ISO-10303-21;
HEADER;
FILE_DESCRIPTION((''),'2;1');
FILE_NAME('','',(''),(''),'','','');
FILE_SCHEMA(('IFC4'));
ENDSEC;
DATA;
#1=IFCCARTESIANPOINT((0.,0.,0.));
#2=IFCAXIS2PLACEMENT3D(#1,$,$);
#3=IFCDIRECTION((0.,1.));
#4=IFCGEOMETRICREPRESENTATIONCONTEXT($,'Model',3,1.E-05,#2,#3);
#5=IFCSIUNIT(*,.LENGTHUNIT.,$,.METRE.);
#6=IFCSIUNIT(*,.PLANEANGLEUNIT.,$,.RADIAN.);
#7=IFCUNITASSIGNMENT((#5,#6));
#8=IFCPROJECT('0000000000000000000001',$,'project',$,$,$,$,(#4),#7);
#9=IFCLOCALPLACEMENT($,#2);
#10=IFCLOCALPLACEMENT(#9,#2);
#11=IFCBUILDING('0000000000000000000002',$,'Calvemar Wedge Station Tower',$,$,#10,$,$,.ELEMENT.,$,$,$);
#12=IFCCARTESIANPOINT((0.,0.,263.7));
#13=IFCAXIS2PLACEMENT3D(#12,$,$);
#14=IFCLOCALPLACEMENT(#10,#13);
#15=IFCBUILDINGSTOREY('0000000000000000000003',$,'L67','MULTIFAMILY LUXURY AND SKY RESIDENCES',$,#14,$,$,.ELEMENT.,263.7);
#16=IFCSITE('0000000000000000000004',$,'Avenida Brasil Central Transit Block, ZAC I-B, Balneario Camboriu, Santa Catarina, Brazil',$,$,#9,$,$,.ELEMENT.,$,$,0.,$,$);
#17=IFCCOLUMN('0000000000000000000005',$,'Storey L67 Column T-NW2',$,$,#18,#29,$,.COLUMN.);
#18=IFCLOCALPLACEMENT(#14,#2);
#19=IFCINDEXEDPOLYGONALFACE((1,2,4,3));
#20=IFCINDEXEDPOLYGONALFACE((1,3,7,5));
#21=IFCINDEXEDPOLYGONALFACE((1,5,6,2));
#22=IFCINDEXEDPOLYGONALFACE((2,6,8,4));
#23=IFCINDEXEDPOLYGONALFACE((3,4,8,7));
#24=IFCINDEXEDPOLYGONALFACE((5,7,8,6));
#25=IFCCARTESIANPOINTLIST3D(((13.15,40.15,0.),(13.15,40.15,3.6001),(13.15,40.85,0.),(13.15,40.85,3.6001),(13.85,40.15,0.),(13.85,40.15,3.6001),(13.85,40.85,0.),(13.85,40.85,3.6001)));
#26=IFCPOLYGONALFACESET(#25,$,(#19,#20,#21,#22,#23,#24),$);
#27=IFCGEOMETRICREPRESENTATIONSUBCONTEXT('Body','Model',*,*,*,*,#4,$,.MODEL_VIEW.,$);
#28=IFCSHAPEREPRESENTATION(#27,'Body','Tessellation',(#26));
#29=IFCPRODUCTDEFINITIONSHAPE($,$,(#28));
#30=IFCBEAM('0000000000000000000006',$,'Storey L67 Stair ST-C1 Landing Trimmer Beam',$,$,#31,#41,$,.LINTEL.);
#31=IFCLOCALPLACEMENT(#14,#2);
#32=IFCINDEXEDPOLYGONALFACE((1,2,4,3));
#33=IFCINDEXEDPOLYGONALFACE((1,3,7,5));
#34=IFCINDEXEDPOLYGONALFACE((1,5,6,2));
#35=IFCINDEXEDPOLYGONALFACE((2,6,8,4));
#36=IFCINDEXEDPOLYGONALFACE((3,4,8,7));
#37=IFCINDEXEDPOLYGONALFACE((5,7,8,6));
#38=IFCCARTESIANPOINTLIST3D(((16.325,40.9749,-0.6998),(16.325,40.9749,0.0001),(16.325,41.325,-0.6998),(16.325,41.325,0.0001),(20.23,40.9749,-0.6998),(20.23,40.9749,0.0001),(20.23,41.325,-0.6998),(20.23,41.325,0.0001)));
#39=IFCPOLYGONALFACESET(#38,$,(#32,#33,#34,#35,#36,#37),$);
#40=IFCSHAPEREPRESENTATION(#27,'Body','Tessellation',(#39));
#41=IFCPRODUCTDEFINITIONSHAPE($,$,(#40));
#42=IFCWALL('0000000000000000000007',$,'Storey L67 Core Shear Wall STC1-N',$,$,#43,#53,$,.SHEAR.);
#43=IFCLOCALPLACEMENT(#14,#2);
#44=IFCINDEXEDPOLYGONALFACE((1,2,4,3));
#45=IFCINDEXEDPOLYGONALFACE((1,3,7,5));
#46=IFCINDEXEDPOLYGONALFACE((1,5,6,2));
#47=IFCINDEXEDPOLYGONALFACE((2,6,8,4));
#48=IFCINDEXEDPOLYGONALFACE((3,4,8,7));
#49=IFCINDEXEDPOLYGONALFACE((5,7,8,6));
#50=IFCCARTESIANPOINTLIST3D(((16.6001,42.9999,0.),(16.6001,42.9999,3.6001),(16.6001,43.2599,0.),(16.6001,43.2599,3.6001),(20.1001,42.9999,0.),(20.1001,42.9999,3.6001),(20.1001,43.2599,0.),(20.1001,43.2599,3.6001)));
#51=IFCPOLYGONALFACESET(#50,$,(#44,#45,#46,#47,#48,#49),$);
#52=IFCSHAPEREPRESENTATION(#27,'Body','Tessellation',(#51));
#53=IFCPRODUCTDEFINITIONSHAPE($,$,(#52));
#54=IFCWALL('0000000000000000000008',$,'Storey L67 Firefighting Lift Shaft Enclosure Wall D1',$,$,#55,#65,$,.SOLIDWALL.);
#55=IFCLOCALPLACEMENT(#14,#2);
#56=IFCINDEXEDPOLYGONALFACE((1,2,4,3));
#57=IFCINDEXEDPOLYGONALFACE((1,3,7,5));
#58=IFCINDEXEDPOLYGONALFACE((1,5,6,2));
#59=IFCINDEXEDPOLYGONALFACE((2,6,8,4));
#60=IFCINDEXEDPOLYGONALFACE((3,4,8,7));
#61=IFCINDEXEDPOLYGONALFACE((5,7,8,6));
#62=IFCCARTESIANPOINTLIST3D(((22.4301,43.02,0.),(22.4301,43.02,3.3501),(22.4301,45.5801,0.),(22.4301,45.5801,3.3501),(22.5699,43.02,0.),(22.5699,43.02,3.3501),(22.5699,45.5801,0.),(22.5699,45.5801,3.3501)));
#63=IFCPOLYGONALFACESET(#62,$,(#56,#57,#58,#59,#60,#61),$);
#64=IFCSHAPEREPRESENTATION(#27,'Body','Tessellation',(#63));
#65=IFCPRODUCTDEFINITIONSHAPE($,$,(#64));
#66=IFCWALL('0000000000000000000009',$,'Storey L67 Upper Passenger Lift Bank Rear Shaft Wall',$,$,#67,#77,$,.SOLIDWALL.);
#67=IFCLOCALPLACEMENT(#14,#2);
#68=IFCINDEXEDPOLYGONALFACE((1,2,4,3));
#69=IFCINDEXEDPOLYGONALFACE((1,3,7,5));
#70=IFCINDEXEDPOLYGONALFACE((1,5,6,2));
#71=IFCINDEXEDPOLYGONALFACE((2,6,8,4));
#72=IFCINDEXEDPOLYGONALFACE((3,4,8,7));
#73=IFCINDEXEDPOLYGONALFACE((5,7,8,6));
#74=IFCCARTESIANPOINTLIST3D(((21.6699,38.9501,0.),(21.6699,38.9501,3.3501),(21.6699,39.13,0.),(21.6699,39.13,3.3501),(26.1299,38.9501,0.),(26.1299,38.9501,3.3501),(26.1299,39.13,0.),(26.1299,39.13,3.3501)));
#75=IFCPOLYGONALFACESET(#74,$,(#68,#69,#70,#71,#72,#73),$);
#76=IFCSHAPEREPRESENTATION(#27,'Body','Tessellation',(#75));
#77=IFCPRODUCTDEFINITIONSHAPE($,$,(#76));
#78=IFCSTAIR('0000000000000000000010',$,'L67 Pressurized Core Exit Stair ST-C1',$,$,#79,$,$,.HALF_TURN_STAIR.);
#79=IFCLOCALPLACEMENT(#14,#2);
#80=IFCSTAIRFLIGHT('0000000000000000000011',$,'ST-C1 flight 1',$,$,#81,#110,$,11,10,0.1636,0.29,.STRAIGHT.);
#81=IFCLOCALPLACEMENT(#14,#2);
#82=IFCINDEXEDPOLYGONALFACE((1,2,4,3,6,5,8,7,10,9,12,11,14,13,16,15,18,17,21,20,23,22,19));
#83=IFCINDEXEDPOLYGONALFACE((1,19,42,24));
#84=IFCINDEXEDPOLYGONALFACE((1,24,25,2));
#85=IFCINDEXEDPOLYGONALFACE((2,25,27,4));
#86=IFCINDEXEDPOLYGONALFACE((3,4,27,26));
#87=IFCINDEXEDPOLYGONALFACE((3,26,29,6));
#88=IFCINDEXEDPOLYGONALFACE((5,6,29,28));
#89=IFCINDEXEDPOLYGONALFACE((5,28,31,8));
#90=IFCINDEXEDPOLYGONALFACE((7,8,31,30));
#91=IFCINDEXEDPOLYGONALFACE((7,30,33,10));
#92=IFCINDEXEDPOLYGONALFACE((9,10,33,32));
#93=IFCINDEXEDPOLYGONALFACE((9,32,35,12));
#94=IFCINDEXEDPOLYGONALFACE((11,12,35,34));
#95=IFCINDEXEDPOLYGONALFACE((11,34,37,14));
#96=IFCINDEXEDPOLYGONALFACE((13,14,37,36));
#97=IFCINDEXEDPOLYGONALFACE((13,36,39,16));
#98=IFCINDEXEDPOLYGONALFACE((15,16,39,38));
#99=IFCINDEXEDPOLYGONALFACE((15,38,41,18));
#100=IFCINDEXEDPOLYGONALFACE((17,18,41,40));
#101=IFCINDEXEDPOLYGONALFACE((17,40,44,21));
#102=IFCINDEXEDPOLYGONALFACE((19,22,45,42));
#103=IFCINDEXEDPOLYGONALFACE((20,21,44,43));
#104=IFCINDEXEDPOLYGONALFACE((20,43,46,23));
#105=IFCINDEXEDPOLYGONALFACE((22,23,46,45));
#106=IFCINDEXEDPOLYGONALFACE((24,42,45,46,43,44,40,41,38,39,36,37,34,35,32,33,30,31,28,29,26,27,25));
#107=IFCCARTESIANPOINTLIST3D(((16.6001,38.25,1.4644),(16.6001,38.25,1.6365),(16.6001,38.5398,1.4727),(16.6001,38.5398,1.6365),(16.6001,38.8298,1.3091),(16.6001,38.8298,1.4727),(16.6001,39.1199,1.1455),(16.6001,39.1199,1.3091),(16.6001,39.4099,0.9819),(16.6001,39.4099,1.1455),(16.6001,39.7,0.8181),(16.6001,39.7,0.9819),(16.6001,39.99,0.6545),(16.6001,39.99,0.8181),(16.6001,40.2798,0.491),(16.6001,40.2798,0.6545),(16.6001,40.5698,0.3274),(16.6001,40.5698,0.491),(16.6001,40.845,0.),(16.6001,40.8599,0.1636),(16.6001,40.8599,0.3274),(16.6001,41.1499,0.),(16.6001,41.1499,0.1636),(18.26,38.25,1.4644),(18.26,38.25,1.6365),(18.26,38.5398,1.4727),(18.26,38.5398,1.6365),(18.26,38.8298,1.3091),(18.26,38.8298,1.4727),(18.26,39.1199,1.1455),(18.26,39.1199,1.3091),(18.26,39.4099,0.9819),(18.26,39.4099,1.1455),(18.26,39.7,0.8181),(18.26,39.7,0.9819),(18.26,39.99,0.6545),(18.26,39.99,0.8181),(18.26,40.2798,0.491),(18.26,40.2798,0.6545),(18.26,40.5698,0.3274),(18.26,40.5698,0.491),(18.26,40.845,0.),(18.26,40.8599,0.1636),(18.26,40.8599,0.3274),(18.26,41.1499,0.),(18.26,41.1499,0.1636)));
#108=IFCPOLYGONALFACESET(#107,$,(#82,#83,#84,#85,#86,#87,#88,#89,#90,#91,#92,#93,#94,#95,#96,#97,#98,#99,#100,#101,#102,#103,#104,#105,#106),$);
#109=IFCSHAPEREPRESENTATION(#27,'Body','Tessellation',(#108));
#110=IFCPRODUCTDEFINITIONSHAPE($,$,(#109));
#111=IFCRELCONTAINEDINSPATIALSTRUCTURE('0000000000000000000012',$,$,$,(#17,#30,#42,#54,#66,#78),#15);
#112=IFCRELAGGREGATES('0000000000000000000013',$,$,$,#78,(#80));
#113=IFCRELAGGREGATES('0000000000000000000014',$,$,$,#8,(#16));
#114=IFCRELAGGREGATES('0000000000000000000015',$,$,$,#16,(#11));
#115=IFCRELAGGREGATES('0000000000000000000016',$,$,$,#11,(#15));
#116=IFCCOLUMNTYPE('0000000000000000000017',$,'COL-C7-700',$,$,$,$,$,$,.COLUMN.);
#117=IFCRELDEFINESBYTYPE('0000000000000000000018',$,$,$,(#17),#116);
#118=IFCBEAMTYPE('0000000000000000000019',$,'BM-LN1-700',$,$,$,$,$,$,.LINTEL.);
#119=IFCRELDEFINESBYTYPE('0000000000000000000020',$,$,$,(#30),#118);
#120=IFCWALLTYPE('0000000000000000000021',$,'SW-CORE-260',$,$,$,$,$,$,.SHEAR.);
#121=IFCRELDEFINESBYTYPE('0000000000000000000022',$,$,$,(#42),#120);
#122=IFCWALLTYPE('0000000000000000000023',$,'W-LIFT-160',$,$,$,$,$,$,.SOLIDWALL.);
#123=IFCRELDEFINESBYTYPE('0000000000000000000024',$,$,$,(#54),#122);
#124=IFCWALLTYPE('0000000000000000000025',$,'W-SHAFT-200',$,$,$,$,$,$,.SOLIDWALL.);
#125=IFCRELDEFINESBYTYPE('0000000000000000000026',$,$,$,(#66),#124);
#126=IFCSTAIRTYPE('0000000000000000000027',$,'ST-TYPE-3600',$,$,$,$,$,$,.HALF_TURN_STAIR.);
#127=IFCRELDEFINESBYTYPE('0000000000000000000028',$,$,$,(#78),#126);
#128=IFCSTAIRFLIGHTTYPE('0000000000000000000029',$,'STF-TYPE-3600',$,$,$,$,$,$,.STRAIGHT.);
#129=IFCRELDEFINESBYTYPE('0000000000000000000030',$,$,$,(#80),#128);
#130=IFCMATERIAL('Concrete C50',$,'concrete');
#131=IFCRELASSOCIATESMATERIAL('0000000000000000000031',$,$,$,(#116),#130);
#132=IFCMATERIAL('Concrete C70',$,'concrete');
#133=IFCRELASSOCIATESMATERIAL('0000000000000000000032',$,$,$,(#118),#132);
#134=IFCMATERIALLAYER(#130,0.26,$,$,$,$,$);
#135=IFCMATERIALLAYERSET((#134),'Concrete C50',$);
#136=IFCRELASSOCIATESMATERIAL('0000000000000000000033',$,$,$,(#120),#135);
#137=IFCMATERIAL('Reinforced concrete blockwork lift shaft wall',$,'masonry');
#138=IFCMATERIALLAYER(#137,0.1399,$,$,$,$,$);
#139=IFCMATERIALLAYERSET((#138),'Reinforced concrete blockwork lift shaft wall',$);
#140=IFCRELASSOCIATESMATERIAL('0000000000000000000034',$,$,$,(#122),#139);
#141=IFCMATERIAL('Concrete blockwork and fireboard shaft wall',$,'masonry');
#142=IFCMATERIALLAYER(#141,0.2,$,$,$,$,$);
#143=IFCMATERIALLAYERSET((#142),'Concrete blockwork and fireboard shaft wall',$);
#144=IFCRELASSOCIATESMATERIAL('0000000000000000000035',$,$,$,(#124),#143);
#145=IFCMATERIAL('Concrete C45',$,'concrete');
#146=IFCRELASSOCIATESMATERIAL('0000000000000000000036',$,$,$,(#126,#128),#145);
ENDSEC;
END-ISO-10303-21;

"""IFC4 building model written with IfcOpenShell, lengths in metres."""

from ifc_helpers import new_model, si_unit, direction, frame, frame_2d, origin, origin_2d, place, context, subcontext, project, spatial, polyline, rectangle, outline, extrude, source, transform, mapped, material, layer, layer_set, material_profile, profile_set, type_object, element, aggregate, save


model = new_model("IFC4")

# Units and contexts
model_context = context("Model", 3, precision=1e-05, world=origin(), true_north=direction((0.0, 1.0)))
body_context = subcontext(model_context, "Body", "Model", "MODEL_VIEW")
ifc_project = project(units=[si_unit("LENGTHUNIT", "METRE"), si_unit("PLANEANGLEUNIT", "RADIAN")], contexts=[model_context])

# Site, building, storey
site_placement = place(None, origin())
site = spatial("IfcSite", under=ifc_project, at=site_placement, Name="Avenida Brasil Central Transit Block, ZAC I-B, Balneario Camboriu, Santa Catarina, Brazil", CompositionType="ELEMENT", RefElevation=0.0)
building_placement = place(site_placement, origin())
building = spatial("IfcBuilding", under=site, at=building_placement, Name="Calvemar Wedge Station Tower", CompositionType="ELEMENT")
storey_placement = place(building_placement, frame((0.0, 0.0, 263.7)))
storey = spatial("IfcBuildingStorey", under=building, at=storey_placement, Name="L67", Description="MULTIFAMILY LUXURY AND SKY RESIDENCES", CompositionType="ELEMENT", Elevation=263.7)

# Column
ifc_material_1 = material(Name="Concrete C50", Category="concrete")
ifc_material_profile_1 = material_profile(ifc_material_1, rectangle(XDim=0.7, YDim=0.7, at=origin_2d()), Name="RC700x700")
ifc_profile_set_1 = profile_set([ifc_material_profile_1], Name="Concrete C50")
column_type = type_object("IfcColumnType", Name="COL-C7-700", PredefinedType="COLUMN", material=ifc_profile_set_1)
shared_shape_1 = source(origin(), body_context, "Body", "SweptSolid", [
    extrude(rectangle(XDim=0.7, YDim=0.7, at=origin_2d()), origin(), (0.0, 0.0, 1.0), 3.6001),
])
column_placement = place(storey_placement, frame((13.5, 40.5, 0.0), z_axis=(0.0, 0.0, 1.0), x_axis=(1.0, 0.0, 0.0)))
element("IfcColumn", 1, at=column_placement, inside=storey, type_object=column_type, Name="Storey L67 Column T-NW2", PredefinedType="COLUMN", context=body_context, shape_type="MappedRepresentation", body=[
    mapped(shared_shape_1, transform((0.0, 0.0, 0.0), scale=1.0)),
])

# Beam
ifc_material_2 = material(Name="Concrete C70", Category="concrete")
ifc_material_profile_2 = material_profile(ifc_material_2, rectangle(XDim=0.3501, YDim=0.7, at=origin_2d()), Name="RC350x700")
ifc_profile_set_2 = profile_set([ifc_material_profile_2], Name="Concrete C70")
beam_type = type_object("IfcBeamType", Name="BM-LN1-700", PredefinedType="LINTEL", material=ifc_profile_set_2)
shared_shape_2 = source(origin(), body_context, "Body", "SweptSolid", [
    extrude(rectangle(XDim=0.3501, YDim=0.7, at=origin_2d()), origin(), (0.0, 0.0, 1.0), 3.905),
])
beam_placement = place(storey_placement, frame((16.325, 41.1499, -0.3499), z_axis=(1.0, 0.0, 0.0), x_axis=(0.0, 1.0, 0.0)))
element("IfcBeam", 2, at=beam_placement, inside=storey, type_object=beam_type, Name="Storey L67 Stair ST-C1 Landing Trimmer Beam", PredefinedType="LINTEL", context=body_context, shape_type="MappedRepresentation", body=[
    mapped(shared_shape_2, transform((0.0, 0.0, 0.0), scale=1.0)),
])

# Wall
ifc_layer_1 = layer(ifc_material_1, 0.26)
ifc_layer_set_1 = layer_set([ifc_layer_1], Name="Concrete C50")
wall_type_1 = type_object("IfcWallType", Name="SW-CORE-260", PredefinedType="SHEAR", material=ifc_layer_set_1)
wall_1_placement = place(storey_placement, frame((16.6001, 43.1299, 0.0), z_axis=(0.0, 0.0, 1.0), x_axis=(1.0, 0.0, 0.0)))
element("IfcWall", 3, at=wall_1_placement, inside=storey, type_object=wall_type_1, Name="Storey L67 Core Shear Wall STC1-N", PredefinedType="SHEAR", context=body_context, shape_type="SweptSolid", body=[
    extrude(rectangle(XDim=3.5, YDim=0.26, at=frame_2d((1.75, 0.0))), origin(), (0.0, 0.0, 1.0), 3.6001),
])

# Shared definitions
ifc_material_3 = material(Name="Reinforced concrete blockwork lift shaft wall", Category="masonry")
ifc_layer_2 = layer(ifc_material_3, 0.1399)
ifc_layer_set_2 = layer_set([ifc_layer_2], Name="Reinforced concrete blockwork lift shaft wall")
wall_type_2 = type_object("IfcWallType", Name="W-LIFT-160", PredefinedType="SOLIDWALL", material=ifc_layer_set_2)

# Walls
wall_2_placement = place(storey_placement, frame((22.5, 43.02, 0.0), z_axis=(0.0, 0.0, 1.0), x_axis=(0.0, 1.0, 0.0)))
element("IfcWall", 4, at=wall_2_placement, inside=storey, type_object=wall_type_2, Name="Storey L67 Firefighting Lift Shaft Enclosure Wall D1", PredefinedType="SOLIDWALL", context=body_context, shape_type="SweptSolid", body=[
    extrude(rectangle(XDim=2.5601, YDim=0.1399, at=frame_2d((1.28, 0.0))), origin(), (0.0, 0.0, 1.0), 3.3501),
])
ifc_material_4 = material(Name="Concrete blockwork and fireboard shaft wall", Category="masonry")
ifc_layer_3 = layer(ifc_material_4, 0.2)
ifc_layer_set_3 = layer_set([ifc_layer_3], Name="Concrete blockwork and fireboard shaft wall")
wall_type_3 = type_object("IfcWallType", Name="W-SHAFT-200", PredefinedType="SOLIDWALL", material=ifc_layer_set_3)
wall_3_placement = place(storey_placement, frame((21.6699, 39.04, 0.0), z_axis=(0.0, 0.0, 1.0), x_axis=(1.0, 0.0, 0.0)))
element("IfcWall", 5, at=wall_3_placement, inside=storey, type_object=wall_type_3, Name="Storey L67 Upper Passenger Lift Bank Rear Shaft Wall", PredefinedType="SOLIDWALL", context=body_context, shape_type="SweptSolid", body=[
    extrude(rectangle(XDim=4.46, YDim=0.1799, at=frame_2d((2.23, 0.0))), origin(), (0.0, 0.0, 1.0), 3.3501),
])

# Stair, stair flight
ifc_material_5 = material(Name="Concrete C45", Category="concrete")
stair_type = type_object("IfcStairType", Name="ST-TYPE-3600", PredefinedType="HALF_TURN_STAIR", material=ifc_material_5)
stair_placement = place(storey_placement, origin())
stair = element("IfcStair", 6, at=stair_placement, inside=storey, type_object=stair_type, Name="L67 Pressurized Core Exit Stair ST-C1", PredefinedType="HALF_TURN_STAIR")
stair_flight_type = type_object("IfcStairFlightType", Name="STF-TYPE-3600", PredefinedType="STRAIGHT", material=ifc_material_5)
stair_flight_placement = place(storey_placement, frame((17.4299, 41.1499, 0.0), z_axis=(0.0, 0.0, 1.0), x_axis=(0.0, -1.0, 0.0)))
stair_flight = element("IfcStairFlight", 7, at=stair_flight_placement, type_object=stair_flight_type, Name="ST-C1 flight 1", NumberOfRisers=11, NumberOfTreads=10, PredefinedType="STRAIGHT", RiserHeight=0.1636, TreadLength=0.29, context=body_context, shape_type="SweptSolid", body=[
    extrude(outline(polyline([(0.0, 0.0), (0.0, 0.1636), (0.29, 0.1636), (0.29, 0.3274), (0.5801, 0.3274), (0.5801, 0.491), (0.8701, 0.491), (0.8701, 0.6545), (1.1599, 0.6545), (1.1599, 0.8181), (1.45, 0.8181), (1.45, 0.9819), (1.74, 0.9819), (1.74, 1.1455), (2.03, 1.1455), (2.03, 1.3091), (2.3201, 1.3091), (2.3201, 1.4727), (2.6101, 1.4727), (2.6101, 1.6365), (2.8999, 1.6365), (2.8999, 1.8), (2.8999, 1.4644), (0.3049, 0.0), (0.0, 0.0)])), frame((0.0, 0.8301, 0.0), z_axis=(0.0, -1.0, 0.0), x_axis=(1.0, 0.0, 0.0)), (0.0, 0.0, 1.0), 1.6599),
])
aggregate(stair, [stair_flight])

save(model, "model.ifc")
